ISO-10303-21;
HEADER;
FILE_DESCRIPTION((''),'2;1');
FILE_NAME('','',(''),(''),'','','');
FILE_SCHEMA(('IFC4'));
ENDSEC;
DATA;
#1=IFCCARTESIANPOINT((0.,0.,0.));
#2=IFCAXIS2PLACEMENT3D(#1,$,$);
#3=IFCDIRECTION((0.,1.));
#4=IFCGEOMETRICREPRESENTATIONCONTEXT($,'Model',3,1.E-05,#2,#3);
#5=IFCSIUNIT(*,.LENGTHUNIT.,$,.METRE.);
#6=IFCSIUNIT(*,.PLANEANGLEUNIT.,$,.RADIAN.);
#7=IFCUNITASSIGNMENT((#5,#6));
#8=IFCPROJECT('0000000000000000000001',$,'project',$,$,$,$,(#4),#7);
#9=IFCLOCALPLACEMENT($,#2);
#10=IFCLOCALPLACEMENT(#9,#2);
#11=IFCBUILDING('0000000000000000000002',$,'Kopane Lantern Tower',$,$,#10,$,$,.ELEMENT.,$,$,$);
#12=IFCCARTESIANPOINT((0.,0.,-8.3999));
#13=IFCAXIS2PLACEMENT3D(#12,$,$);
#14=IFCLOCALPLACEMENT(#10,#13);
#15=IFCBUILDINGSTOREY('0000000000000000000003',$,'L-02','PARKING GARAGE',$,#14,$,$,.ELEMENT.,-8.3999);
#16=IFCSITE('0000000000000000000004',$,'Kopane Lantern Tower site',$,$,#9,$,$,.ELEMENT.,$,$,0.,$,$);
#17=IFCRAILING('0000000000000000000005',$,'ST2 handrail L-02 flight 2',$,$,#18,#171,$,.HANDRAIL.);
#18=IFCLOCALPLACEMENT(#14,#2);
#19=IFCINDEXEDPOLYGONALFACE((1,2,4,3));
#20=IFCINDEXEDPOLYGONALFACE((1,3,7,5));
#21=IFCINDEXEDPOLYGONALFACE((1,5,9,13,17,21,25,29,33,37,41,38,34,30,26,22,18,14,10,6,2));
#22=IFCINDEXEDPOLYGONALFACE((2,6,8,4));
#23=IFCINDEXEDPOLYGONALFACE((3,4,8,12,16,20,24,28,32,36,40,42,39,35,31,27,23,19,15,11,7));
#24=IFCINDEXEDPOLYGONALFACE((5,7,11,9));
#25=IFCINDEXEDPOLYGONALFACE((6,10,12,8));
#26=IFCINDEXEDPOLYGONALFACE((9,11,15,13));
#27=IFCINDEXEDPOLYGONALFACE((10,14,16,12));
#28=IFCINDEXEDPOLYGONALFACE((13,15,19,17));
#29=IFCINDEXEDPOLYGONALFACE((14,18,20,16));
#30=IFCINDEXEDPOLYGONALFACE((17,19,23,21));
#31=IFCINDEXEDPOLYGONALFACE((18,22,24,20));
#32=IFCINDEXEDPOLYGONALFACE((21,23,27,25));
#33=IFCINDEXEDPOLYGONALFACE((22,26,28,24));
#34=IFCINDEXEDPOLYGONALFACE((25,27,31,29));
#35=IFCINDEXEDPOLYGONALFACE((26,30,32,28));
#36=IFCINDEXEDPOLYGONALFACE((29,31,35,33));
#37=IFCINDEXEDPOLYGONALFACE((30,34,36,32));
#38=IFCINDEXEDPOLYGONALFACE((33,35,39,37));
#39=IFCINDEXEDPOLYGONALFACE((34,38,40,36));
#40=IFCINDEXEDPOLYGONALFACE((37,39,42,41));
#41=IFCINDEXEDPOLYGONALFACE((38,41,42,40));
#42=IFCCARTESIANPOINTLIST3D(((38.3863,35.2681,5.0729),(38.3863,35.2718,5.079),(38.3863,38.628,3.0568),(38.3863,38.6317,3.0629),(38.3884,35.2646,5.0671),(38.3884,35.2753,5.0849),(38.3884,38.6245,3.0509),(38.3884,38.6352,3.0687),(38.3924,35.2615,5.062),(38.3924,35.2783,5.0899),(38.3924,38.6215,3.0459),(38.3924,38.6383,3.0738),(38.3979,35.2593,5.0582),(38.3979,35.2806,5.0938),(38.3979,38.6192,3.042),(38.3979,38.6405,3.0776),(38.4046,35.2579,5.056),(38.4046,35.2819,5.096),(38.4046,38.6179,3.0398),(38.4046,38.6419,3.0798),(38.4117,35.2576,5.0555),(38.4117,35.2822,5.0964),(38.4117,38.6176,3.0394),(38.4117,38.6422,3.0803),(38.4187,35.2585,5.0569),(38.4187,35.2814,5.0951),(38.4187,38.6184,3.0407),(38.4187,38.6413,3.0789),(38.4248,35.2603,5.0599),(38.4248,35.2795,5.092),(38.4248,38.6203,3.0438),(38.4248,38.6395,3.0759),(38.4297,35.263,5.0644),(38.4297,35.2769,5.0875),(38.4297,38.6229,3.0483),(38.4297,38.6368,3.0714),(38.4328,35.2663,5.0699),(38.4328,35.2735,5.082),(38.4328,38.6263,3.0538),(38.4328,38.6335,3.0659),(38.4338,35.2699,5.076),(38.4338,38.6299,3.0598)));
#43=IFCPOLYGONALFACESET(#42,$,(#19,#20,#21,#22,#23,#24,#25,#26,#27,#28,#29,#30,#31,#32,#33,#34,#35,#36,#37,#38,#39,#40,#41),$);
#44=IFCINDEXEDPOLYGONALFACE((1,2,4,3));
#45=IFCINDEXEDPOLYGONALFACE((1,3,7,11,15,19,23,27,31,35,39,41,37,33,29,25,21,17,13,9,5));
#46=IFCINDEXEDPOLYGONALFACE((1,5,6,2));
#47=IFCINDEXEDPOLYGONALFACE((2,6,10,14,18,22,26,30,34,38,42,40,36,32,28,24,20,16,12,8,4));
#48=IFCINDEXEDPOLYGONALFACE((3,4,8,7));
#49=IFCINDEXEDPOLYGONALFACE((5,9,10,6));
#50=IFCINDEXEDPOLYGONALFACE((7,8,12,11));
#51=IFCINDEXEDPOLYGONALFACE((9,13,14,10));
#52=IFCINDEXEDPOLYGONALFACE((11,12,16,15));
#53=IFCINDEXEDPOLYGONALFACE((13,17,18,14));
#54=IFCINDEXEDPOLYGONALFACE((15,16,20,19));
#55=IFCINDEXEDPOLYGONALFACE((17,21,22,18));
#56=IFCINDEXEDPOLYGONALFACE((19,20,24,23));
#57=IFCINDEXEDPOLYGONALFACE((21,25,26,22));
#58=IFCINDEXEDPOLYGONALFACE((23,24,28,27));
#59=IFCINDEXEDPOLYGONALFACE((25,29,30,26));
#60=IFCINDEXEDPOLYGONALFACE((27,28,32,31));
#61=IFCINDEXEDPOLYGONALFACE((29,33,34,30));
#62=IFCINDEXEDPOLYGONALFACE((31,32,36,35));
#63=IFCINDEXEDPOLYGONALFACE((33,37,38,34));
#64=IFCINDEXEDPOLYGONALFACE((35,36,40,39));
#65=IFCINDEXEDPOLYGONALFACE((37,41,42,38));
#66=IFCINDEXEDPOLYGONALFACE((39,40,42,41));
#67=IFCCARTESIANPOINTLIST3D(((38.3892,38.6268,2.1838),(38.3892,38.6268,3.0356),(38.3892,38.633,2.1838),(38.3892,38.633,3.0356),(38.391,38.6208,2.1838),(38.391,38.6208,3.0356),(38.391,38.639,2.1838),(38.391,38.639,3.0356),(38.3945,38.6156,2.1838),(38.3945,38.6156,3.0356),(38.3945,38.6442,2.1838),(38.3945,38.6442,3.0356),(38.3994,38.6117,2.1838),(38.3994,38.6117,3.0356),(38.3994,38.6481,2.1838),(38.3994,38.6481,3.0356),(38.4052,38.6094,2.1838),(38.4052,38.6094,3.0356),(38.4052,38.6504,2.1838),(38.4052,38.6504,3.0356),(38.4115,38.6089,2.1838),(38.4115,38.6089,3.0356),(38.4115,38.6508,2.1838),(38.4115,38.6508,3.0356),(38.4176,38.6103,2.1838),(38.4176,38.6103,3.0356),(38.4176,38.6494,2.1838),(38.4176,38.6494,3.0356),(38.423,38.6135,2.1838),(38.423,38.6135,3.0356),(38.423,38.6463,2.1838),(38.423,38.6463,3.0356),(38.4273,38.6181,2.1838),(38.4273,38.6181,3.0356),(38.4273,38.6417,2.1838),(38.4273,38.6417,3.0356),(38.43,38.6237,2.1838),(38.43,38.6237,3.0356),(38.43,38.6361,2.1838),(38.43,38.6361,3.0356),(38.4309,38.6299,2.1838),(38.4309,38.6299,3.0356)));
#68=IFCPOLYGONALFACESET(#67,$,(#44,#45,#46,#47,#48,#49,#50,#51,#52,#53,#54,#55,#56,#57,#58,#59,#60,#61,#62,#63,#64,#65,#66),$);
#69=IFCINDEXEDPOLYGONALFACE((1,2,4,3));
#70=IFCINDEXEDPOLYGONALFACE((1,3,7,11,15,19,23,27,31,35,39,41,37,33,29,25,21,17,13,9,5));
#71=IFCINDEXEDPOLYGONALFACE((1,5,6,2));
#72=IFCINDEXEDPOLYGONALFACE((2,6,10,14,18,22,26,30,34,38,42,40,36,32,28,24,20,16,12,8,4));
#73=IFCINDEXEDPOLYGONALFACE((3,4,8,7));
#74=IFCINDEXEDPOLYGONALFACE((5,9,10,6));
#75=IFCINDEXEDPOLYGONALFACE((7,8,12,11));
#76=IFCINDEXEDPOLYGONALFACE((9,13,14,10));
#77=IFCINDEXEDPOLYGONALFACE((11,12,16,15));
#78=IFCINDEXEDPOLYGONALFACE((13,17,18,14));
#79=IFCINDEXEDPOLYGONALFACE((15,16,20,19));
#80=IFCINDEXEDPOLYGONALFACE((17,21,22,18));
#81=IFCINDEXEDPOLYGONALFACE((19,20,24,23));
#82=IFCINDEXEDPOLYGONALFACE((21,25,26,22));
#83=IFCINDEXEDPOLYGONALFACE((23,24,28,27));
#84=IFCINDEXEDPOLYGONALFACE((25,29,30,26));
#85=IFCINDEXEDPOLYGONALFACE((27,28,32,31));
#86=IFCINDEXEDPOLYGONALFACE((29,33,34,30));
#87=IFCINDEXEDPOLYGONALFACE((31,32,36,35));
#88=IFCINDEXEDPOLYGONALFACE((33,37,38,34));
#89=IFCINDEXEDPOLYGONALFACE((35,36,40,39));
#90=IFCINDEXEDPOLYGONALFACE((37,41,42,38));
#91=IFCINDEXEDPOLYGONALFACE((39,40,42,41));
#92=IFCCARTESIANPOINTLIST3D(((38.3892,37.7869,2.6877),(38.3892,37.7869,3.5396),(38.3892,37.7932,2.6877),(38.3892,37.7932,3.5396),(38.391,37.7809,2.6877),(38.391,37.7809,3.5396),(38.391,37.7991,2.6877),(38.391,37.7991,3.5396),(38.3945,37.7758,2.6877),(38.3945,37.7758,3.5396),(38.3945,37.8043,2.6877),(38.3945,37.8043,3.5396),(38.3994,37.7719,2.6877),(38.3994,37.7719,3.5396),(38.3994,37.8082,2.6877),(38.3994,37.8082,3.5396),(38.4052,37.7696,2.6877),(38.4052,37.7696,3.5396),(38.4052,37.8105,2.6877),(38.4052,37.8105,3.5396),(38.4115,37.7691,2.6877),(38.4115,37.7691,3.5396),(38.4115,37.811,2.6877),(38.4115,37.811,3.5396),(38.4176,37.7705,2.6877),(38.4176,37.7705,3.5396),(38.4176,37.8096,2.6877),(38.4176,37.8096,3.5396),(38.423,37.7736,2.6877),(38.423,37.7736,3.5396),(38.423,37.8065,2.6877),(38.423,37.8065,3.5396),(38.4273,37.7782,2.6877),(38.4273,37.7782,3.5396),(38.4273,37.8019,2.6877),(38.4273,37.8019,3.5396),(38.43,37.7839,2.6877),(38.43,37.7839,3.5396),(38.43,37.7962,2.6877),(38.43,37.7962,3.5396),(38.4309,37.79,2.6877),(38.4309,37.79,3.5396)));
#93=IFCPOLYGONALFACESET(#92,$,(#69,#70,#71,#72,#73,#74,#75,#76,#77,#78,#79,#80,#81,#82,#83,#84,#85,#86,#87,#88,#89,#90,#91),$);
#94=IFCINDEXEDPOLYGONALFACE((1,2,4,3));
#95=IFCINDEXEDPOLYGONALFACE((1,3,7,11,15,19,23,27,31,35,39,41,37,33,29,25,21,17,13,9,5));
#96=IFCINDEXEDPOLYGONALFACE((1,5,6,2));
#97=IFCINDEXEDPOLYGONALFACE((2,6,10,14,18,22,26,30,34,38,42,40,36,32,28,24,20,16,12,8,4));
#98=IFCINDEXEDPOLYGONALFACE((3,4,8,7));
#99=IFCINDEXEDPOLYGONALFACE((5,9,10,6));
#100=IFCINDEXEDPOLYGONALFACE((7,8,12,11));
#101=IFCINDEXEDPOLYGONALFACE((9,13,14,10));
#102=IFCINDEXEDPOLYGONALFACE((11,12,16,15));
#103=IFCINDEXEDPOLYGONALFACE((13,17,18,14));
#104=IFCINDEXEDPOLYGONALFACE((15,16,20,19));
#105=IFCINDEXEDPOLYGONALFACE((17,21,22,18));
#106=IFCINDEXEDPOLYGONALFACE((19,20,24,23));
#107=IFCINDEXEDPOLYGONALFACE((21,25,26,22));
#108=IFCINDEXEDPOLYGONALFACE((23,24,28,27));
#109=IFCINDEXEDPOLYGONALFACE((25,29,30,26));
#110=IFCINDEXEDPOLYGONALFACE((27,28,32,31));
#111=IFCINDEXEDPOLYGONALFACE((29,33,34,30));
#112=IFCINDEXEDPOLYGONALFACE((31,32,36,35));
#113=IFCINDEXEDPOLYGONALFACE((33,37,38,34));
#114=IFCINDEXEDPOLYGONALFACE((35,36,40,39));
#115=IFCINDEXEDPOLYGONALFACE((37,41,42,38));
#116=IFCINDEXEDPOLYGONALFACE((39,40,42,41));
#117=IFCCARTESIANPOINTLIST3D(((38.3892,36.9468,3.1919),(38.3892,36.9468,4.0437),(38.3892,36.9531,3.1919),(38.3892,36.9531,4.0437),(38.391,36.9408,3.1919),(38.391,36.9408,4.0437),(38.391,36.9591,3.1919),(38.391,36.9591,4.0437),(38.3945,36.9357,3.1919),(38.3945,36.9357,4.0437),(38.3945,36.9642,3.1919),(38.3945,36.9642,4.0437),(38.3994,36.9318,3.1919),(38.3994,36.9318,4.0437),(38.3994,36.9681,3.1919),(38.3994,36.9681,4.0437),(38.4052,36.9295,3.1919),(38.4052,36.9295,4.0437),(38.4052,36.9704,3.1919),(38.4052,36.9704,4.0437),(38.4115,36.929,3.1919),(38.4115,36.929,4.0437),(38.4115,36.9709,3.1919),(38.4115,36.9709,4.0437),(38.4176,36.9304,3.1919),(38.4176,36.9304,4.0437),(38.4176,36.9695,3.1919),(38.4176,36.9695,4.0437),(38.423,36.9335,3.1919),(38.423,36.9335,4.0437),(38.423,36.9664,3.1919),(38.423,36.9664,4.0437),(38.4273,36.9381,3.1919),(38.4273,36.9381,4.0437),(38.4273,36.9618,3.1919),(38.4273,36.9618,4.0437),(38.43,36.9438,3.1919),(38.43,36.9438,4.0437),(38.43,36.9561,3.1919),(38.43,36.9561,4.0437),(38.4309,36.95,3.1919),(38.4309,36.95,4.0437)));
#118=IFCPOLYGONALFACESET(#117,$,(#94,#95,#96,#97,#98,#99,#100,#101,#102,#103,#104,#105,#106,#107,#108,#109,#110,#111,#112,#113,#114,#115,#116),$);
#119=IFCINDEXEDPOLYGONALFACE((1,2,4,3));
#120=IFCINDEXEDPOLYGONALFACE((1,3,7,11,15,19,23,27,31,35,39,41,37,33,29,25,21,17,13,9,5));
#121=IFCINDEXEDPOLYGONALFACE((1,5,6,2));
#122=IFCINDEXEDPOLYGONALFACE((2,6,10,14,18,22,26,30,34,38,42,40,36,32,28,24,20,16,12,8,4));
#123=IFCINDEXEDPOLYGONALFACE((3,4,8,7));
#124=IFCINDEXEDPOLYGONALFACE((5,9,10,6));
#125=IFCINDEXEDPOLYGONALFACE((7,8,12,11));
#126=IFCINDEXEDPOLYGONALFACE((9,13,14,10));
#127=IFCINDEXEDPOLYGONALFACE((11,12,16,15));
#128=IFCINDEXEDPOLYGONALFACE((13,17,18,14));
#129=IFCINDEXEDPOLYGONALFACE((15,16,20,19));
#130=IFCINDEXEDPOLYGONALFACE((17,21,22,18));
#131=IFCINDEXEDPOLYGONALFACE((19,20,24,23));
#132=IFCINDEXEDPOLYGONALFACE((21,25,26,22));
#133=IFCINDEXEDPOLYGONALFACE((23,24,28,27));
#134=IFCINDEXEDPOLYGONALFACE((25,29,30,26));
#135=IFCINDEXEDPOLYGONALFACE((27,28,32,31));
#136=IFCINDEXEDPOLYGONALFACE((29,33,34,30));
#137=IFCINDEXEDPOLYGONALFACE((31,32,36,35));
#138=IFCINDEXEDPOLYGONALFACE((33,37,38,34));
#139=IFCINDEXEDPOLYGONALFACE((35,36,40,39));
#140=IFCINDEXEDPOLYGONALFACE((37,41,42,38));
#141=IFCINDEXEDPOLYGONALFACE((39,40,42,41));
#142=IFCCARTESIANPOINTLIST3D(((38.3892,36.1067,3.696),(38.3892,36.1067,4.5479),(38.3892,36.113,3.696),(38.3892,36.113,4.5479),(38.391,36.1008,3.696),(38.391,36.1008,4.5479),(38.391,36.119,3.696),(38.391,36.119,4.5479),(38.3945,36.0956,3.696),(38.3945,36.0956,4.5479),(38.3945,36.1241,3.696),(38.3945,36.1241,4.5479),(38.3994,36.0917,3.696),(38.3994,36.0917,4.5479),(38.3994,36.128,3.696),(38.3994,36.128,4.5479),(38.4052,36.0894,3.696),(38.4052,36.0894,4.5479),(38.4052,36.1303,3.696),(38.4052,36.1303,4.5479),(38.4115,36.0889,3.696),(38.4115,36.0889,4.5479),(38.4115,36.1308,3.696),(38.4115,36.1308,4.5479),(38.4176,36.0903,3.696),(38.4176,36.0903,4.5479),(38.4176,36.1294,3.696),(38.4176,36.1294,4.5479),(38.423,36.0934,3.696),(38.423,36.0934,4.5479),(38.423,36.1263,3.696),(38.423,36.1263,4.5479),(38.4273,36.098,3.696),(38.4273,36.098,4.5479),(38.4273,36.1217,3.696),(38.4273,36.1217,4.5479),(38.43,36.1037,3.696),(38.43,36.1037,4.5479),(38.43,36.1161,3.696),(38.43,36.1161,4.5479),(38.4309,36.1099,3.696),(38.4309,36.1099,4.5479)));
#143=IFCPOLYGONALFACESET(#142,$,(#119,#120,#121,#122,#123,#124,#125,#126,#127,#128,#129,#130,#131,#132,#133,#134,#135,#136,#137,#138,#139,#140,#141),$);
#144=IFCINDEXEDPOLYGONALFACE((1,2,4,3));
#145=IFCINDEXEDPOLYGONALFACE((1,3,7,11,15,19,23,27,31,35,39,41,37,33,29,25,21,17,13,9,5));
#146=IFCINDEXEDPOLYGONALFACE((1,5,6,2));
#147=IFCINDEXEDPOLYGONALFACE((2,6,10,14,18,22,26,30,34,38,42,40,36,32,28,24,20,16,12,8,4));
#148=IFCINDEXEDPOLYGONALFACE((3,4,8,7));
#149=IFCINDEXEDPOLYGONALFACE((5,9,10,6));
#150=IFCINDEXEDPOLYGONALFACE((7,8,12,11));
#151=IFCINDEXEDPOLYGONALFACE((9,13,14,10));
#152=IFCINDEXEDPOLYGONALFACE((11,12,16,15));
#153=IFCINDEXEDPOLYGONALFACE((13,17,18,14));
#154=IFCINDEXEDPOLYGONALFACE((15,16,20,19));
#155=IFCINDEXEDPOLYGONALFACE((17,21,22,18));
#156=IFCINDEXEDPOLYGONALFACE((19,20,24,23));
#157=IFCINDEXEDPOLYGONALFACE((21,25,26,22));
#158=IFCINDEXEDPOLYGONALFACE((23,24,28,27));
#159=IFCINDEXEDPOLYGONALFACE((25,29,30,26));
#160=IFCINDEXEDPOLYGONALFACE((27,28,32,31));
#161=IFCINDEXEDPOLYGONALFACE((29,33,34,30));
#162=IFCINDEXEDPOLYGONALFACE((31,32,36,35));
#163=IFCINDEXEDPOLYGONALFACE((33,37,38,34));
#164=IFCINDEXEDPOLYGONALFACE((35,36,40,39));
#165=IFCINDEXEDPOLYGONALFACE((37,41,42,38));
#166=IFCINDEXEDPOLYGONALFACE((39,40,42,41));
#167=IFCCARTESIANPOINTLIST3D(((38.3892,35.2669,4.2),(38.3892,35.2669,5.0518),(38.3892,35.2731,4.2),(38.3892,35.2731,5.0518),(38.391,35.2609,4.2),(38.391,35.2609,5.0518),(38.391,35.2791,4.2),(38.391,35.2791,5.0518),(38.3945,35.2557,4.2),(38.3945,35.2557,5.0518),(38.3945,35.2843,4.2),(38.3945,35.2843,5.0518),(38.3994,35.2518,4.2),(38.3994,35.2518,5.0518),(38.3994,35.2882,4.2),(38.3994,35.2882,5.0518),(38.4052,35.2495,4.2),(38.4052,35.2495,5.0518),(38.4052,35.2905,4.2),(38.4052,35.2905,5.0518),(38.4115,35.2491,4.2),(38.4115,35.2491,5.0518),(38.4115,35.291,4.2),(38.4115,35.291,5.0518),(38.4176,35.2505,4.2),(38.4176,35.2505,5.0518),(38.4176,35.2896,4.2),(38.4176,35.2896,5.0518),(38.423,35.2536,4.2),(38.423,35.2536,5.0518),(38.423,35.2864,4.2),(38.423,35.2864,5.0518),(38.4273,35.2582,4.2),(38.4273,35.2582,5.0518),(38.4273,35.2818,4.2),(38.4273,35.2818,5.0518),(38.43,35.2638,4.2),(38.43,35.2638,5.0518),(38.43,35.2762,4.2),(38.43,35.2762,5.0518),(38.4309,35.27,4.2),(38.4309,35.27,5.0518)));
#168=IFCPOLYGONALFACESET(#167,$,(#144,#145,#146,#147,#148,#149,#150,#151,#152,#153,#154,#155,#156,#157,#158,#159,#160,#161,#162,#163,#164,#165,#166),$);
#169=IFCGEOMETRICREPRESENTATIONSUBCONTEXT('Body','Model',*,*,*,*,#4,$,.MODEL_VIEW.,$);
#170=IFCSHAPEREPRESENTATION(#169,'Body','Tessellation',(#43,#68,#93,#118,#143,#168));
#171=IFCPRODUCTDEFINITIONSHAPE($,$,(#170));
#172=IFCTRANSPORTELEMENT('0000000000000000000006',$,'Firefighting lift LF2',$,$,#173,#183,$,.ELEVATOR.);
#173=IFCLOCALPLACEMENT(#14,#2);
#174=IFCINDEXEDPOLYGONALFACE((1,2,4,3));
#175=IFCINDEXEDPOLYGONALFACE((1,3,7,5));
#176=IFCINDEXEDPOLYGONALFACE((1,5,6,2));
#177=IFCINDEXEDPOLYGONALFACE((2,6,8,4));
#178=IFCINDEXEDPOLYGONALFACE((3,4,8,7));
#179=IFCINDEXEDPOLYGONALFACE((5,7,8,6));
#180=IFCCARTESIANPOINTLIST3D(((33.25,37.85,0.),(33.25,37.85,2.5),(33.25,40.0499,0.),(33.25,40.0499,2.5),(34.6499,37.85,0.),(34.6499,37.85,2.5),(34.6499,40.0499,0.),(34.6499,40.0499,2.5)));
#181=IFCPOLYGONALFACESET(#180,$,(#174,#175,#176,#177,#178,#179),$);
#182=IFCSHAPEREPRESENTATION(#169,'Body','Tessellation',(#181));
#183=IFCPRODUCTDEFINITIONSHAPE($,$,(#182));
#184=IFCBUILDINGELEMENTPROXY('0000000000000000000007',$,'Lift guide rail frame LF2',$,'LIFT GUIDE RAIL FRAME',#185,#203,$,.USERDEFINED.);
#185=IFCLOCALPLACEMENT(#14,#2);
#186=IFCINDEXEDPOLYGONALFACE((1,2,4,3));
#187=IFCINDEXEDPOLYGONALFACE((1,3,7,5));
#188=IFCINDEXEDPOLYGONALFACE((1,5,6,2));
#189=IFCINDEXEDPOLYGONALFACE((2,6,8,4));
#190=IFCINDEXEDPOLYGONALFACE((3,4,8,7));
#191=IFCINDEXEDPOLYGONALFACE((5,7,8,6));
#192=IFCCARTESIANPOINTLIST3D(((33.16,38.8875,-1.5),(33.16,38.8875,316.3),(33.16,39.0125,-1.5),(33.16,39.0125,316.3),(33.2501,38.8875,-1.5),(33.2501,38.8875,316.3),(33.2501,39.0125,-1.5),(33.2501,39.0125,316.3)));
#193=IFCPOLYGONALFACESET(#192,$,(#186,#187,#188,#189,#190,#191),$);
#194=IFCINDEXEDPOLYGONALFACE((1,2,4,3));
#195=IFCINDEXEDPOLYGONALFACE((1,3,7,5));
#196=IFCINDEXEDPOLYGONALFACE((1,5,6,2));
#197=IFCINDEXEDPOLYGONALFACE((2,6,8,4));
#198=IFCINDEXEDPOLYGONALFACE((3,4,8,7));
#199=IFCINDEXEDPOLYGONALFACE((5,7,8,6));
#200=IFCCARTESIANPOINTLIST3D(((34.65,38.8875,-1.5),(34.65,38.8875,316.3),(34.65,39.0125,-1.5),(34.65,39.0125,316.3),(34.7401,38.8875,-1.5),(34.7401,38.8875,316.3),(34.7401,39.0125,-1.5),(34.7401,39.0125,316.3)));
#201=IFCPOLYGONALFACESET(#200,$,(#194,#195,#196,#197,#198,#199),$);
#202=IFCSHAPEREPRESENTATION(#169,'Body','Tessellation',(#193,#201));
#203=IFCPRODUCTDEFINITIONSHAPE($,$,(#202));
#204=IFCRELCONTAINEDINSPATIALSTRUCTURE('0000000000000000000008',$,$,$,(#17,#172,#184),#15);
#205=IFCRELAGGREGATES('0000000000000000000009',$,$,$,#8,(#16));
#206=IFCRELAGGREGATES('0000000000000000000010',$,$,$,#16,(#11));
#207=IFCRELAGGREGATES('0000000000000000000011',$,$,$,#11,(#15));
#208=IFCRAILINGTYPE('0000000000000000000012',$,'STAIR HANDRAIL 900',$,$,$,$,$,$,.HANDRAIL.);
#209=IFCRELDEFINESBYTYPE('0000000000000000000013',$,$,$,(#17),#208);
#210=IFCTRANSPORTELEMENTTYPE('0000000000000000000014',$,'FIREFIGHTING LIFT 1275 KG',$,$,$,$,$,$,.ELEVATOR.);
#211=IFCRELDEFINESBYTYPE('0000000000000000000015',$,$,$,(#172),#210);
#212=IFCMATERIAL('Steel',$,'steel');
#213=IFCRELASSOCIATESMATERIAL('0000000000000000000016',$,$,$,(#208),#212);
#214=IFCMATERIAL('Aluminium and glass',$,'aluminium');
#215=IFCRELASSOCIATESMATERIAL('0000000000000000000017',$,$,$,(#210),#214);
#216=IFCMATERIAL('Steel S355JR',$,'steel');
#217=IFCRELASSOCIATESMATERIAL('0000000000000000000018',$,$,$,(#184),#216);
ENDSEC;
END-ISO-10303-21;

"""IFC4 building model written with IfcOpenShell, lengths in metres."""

from ifc_helpers import new_model, si_unit, direction, frame, origin, origin_2d, place, context, subcontext, project, spatial, rectangle, circle, extrude, material, type_object, element, save


model = new_model("IFC4")

# Units and contexts
model_context = context("Model", 3, precision=1e-05, world=origin(), true_north=direction((0.0, 1.0)))
body_context = subcontext(model_context, "Body", "Model", "MODEL_VIEW")
ifc_project = project(units=[si_unit("LENGTHUNIT", "METRE"), si_unit("PLANEANGLEUNIT", "RADIAN")], contexts=[model_context])

# Site, building, storey
site_placement = place(None, origin())
site = spatial("IfcSite", under=ifc_project, at=site_placement, Name="Kopane Lantern Tower site", CompositionType="ELEMENT", RefElevation=0.0)
building_placement = place(site_placement, origin())
building = spatial("IfcBuilding", under=site, at=building_placement, Name="Kopane Lantern Tower", CompositionType="ELEMENT")
storey_placement = place(building_placement, frame((0.0, 0.0, -8.3999)))
storey = spatial("IfcBuildingStorey", under=building, at=storey_placement, Name="L-02", Description="PARKING GARAGE", CompositionType="ELEMENT", Elevation=-8.3999)

# Railing
ifc_material_1 = material(Name="Steel", Category="steel")
railing_type_1 = type_object("IfcRailingType", Name="STAIR HANDRAIL 900", PredefinedType="HANDRAIL", material=ifc_material_1)
for number, where, name in (
    (1, (38.4099, 38.6299, 2.1838), "ST2 handrail L-02 flight 2"),
):
    element("IfcRailing", number, at=place(storey_placement, frame(where)), inside=storey, type_object=railing_type_1, Name=name, PredefinedType="HANDRAIL", context=body_context, shape_type="SweptSolid", body=[
        extrude(circle(Radius=0.0239, at=origin_2d()), frame((0.0, 0.0, 0.876), z_axis=(0.0, -0.857471, 0.514532), x_axis=(1.0, 0.0, 0.0)), (0.0, 0.0, 1.0), 3.9185),
        extrude(circle(Radius=0.021, at=origin_2d()), origin(), (0.0, 0.0, 1.0), 0.8518),
        extrude(circle(Radius=0.021, at=origin_2d()), frame((0.0, -0.8398, 0.5039)), (0.0, 0.0, 1.0), 0.8518),
        extrude(circle(Radius=0.021, at=origin_2d()), frame((0.0, -1.6799, 1.0081)), (0.0, 0.0, 1.0), 0.8518),
        extrude(circle(Radius=0.021, at=origin_2d()), frame((0.0, -2.52, 1.5122)), (0.0, 0.0, 1.0), 0.8518),
        extrude(circle(Radius=0.021, at=origin_2d()), frame((0.0, -3.3599, 2.0161)), (0.0, 0.0, 1.0), 0.8518),
    ])

# Transport element
ifc_material_2 = material(Name="Aluminium and glass", Category="aluminium")
transport_element_type = type_object("IfcTransportElementType", Name="FIREFIGHTING LIFT 1275 KG", PredefinedType="ELEVATOR", material=ifc_material_2)
transport_element_placement = place(storey_placement, frame((33.95, 38.95, 0.0), z_axis=(0.0, 0.0, 1.0), x_axis=(1.0, 0.0, 0.0)))
element("IfcTransportElement", 2, at=transport_element_placement, inside=storey, type_object=transport_element_type, Name="Firefighting lift LF2", PredefinedType="ELEVATOR", context=body_context, shape_type="SweptSolid", body=[
    extrude(rectangle(XDim=1.3999, YDim=2.2, at=origin_2d()), origin(), (0.0, 0.0, 1.0), 2.5),
])

# Building element proxy
ifc_material_3 = material(Name="Steel S355JR", Category="steel")
proxy_placement = place(storey_placement, frame((33.95, 38.95, -1.5), z_axis=(0.0, 0.0, 1.0), x_axis=(1.0, 0.0, 0.0)))
element("IfcBuildingElementProxy", 3, at=proxy_placement, inside=storey, material=ifc_material_3, Name="Lift guide rail frame LF2", ObjectType="LIFT GUIDE RAIL FRAME", PredefinedType="USERDEFINED", context=body_context, shape_type="SweptSolid", body=[
    extrude(rectangle(XDim=0.0901, YDim=0.125, at=origin_2d()), frame((-0.7449, 0.0, 0.0)), (0.0, 0.0, 1.0), 317.8),
    extrude(rectangle(XDim=0.0901, YDim=0.125, at=origin_2d()), frame((0.7451, 0.0, 0.0)), (0.0, 0.0, 1.0), 317.8),
])

save(model, "model.ifc")
